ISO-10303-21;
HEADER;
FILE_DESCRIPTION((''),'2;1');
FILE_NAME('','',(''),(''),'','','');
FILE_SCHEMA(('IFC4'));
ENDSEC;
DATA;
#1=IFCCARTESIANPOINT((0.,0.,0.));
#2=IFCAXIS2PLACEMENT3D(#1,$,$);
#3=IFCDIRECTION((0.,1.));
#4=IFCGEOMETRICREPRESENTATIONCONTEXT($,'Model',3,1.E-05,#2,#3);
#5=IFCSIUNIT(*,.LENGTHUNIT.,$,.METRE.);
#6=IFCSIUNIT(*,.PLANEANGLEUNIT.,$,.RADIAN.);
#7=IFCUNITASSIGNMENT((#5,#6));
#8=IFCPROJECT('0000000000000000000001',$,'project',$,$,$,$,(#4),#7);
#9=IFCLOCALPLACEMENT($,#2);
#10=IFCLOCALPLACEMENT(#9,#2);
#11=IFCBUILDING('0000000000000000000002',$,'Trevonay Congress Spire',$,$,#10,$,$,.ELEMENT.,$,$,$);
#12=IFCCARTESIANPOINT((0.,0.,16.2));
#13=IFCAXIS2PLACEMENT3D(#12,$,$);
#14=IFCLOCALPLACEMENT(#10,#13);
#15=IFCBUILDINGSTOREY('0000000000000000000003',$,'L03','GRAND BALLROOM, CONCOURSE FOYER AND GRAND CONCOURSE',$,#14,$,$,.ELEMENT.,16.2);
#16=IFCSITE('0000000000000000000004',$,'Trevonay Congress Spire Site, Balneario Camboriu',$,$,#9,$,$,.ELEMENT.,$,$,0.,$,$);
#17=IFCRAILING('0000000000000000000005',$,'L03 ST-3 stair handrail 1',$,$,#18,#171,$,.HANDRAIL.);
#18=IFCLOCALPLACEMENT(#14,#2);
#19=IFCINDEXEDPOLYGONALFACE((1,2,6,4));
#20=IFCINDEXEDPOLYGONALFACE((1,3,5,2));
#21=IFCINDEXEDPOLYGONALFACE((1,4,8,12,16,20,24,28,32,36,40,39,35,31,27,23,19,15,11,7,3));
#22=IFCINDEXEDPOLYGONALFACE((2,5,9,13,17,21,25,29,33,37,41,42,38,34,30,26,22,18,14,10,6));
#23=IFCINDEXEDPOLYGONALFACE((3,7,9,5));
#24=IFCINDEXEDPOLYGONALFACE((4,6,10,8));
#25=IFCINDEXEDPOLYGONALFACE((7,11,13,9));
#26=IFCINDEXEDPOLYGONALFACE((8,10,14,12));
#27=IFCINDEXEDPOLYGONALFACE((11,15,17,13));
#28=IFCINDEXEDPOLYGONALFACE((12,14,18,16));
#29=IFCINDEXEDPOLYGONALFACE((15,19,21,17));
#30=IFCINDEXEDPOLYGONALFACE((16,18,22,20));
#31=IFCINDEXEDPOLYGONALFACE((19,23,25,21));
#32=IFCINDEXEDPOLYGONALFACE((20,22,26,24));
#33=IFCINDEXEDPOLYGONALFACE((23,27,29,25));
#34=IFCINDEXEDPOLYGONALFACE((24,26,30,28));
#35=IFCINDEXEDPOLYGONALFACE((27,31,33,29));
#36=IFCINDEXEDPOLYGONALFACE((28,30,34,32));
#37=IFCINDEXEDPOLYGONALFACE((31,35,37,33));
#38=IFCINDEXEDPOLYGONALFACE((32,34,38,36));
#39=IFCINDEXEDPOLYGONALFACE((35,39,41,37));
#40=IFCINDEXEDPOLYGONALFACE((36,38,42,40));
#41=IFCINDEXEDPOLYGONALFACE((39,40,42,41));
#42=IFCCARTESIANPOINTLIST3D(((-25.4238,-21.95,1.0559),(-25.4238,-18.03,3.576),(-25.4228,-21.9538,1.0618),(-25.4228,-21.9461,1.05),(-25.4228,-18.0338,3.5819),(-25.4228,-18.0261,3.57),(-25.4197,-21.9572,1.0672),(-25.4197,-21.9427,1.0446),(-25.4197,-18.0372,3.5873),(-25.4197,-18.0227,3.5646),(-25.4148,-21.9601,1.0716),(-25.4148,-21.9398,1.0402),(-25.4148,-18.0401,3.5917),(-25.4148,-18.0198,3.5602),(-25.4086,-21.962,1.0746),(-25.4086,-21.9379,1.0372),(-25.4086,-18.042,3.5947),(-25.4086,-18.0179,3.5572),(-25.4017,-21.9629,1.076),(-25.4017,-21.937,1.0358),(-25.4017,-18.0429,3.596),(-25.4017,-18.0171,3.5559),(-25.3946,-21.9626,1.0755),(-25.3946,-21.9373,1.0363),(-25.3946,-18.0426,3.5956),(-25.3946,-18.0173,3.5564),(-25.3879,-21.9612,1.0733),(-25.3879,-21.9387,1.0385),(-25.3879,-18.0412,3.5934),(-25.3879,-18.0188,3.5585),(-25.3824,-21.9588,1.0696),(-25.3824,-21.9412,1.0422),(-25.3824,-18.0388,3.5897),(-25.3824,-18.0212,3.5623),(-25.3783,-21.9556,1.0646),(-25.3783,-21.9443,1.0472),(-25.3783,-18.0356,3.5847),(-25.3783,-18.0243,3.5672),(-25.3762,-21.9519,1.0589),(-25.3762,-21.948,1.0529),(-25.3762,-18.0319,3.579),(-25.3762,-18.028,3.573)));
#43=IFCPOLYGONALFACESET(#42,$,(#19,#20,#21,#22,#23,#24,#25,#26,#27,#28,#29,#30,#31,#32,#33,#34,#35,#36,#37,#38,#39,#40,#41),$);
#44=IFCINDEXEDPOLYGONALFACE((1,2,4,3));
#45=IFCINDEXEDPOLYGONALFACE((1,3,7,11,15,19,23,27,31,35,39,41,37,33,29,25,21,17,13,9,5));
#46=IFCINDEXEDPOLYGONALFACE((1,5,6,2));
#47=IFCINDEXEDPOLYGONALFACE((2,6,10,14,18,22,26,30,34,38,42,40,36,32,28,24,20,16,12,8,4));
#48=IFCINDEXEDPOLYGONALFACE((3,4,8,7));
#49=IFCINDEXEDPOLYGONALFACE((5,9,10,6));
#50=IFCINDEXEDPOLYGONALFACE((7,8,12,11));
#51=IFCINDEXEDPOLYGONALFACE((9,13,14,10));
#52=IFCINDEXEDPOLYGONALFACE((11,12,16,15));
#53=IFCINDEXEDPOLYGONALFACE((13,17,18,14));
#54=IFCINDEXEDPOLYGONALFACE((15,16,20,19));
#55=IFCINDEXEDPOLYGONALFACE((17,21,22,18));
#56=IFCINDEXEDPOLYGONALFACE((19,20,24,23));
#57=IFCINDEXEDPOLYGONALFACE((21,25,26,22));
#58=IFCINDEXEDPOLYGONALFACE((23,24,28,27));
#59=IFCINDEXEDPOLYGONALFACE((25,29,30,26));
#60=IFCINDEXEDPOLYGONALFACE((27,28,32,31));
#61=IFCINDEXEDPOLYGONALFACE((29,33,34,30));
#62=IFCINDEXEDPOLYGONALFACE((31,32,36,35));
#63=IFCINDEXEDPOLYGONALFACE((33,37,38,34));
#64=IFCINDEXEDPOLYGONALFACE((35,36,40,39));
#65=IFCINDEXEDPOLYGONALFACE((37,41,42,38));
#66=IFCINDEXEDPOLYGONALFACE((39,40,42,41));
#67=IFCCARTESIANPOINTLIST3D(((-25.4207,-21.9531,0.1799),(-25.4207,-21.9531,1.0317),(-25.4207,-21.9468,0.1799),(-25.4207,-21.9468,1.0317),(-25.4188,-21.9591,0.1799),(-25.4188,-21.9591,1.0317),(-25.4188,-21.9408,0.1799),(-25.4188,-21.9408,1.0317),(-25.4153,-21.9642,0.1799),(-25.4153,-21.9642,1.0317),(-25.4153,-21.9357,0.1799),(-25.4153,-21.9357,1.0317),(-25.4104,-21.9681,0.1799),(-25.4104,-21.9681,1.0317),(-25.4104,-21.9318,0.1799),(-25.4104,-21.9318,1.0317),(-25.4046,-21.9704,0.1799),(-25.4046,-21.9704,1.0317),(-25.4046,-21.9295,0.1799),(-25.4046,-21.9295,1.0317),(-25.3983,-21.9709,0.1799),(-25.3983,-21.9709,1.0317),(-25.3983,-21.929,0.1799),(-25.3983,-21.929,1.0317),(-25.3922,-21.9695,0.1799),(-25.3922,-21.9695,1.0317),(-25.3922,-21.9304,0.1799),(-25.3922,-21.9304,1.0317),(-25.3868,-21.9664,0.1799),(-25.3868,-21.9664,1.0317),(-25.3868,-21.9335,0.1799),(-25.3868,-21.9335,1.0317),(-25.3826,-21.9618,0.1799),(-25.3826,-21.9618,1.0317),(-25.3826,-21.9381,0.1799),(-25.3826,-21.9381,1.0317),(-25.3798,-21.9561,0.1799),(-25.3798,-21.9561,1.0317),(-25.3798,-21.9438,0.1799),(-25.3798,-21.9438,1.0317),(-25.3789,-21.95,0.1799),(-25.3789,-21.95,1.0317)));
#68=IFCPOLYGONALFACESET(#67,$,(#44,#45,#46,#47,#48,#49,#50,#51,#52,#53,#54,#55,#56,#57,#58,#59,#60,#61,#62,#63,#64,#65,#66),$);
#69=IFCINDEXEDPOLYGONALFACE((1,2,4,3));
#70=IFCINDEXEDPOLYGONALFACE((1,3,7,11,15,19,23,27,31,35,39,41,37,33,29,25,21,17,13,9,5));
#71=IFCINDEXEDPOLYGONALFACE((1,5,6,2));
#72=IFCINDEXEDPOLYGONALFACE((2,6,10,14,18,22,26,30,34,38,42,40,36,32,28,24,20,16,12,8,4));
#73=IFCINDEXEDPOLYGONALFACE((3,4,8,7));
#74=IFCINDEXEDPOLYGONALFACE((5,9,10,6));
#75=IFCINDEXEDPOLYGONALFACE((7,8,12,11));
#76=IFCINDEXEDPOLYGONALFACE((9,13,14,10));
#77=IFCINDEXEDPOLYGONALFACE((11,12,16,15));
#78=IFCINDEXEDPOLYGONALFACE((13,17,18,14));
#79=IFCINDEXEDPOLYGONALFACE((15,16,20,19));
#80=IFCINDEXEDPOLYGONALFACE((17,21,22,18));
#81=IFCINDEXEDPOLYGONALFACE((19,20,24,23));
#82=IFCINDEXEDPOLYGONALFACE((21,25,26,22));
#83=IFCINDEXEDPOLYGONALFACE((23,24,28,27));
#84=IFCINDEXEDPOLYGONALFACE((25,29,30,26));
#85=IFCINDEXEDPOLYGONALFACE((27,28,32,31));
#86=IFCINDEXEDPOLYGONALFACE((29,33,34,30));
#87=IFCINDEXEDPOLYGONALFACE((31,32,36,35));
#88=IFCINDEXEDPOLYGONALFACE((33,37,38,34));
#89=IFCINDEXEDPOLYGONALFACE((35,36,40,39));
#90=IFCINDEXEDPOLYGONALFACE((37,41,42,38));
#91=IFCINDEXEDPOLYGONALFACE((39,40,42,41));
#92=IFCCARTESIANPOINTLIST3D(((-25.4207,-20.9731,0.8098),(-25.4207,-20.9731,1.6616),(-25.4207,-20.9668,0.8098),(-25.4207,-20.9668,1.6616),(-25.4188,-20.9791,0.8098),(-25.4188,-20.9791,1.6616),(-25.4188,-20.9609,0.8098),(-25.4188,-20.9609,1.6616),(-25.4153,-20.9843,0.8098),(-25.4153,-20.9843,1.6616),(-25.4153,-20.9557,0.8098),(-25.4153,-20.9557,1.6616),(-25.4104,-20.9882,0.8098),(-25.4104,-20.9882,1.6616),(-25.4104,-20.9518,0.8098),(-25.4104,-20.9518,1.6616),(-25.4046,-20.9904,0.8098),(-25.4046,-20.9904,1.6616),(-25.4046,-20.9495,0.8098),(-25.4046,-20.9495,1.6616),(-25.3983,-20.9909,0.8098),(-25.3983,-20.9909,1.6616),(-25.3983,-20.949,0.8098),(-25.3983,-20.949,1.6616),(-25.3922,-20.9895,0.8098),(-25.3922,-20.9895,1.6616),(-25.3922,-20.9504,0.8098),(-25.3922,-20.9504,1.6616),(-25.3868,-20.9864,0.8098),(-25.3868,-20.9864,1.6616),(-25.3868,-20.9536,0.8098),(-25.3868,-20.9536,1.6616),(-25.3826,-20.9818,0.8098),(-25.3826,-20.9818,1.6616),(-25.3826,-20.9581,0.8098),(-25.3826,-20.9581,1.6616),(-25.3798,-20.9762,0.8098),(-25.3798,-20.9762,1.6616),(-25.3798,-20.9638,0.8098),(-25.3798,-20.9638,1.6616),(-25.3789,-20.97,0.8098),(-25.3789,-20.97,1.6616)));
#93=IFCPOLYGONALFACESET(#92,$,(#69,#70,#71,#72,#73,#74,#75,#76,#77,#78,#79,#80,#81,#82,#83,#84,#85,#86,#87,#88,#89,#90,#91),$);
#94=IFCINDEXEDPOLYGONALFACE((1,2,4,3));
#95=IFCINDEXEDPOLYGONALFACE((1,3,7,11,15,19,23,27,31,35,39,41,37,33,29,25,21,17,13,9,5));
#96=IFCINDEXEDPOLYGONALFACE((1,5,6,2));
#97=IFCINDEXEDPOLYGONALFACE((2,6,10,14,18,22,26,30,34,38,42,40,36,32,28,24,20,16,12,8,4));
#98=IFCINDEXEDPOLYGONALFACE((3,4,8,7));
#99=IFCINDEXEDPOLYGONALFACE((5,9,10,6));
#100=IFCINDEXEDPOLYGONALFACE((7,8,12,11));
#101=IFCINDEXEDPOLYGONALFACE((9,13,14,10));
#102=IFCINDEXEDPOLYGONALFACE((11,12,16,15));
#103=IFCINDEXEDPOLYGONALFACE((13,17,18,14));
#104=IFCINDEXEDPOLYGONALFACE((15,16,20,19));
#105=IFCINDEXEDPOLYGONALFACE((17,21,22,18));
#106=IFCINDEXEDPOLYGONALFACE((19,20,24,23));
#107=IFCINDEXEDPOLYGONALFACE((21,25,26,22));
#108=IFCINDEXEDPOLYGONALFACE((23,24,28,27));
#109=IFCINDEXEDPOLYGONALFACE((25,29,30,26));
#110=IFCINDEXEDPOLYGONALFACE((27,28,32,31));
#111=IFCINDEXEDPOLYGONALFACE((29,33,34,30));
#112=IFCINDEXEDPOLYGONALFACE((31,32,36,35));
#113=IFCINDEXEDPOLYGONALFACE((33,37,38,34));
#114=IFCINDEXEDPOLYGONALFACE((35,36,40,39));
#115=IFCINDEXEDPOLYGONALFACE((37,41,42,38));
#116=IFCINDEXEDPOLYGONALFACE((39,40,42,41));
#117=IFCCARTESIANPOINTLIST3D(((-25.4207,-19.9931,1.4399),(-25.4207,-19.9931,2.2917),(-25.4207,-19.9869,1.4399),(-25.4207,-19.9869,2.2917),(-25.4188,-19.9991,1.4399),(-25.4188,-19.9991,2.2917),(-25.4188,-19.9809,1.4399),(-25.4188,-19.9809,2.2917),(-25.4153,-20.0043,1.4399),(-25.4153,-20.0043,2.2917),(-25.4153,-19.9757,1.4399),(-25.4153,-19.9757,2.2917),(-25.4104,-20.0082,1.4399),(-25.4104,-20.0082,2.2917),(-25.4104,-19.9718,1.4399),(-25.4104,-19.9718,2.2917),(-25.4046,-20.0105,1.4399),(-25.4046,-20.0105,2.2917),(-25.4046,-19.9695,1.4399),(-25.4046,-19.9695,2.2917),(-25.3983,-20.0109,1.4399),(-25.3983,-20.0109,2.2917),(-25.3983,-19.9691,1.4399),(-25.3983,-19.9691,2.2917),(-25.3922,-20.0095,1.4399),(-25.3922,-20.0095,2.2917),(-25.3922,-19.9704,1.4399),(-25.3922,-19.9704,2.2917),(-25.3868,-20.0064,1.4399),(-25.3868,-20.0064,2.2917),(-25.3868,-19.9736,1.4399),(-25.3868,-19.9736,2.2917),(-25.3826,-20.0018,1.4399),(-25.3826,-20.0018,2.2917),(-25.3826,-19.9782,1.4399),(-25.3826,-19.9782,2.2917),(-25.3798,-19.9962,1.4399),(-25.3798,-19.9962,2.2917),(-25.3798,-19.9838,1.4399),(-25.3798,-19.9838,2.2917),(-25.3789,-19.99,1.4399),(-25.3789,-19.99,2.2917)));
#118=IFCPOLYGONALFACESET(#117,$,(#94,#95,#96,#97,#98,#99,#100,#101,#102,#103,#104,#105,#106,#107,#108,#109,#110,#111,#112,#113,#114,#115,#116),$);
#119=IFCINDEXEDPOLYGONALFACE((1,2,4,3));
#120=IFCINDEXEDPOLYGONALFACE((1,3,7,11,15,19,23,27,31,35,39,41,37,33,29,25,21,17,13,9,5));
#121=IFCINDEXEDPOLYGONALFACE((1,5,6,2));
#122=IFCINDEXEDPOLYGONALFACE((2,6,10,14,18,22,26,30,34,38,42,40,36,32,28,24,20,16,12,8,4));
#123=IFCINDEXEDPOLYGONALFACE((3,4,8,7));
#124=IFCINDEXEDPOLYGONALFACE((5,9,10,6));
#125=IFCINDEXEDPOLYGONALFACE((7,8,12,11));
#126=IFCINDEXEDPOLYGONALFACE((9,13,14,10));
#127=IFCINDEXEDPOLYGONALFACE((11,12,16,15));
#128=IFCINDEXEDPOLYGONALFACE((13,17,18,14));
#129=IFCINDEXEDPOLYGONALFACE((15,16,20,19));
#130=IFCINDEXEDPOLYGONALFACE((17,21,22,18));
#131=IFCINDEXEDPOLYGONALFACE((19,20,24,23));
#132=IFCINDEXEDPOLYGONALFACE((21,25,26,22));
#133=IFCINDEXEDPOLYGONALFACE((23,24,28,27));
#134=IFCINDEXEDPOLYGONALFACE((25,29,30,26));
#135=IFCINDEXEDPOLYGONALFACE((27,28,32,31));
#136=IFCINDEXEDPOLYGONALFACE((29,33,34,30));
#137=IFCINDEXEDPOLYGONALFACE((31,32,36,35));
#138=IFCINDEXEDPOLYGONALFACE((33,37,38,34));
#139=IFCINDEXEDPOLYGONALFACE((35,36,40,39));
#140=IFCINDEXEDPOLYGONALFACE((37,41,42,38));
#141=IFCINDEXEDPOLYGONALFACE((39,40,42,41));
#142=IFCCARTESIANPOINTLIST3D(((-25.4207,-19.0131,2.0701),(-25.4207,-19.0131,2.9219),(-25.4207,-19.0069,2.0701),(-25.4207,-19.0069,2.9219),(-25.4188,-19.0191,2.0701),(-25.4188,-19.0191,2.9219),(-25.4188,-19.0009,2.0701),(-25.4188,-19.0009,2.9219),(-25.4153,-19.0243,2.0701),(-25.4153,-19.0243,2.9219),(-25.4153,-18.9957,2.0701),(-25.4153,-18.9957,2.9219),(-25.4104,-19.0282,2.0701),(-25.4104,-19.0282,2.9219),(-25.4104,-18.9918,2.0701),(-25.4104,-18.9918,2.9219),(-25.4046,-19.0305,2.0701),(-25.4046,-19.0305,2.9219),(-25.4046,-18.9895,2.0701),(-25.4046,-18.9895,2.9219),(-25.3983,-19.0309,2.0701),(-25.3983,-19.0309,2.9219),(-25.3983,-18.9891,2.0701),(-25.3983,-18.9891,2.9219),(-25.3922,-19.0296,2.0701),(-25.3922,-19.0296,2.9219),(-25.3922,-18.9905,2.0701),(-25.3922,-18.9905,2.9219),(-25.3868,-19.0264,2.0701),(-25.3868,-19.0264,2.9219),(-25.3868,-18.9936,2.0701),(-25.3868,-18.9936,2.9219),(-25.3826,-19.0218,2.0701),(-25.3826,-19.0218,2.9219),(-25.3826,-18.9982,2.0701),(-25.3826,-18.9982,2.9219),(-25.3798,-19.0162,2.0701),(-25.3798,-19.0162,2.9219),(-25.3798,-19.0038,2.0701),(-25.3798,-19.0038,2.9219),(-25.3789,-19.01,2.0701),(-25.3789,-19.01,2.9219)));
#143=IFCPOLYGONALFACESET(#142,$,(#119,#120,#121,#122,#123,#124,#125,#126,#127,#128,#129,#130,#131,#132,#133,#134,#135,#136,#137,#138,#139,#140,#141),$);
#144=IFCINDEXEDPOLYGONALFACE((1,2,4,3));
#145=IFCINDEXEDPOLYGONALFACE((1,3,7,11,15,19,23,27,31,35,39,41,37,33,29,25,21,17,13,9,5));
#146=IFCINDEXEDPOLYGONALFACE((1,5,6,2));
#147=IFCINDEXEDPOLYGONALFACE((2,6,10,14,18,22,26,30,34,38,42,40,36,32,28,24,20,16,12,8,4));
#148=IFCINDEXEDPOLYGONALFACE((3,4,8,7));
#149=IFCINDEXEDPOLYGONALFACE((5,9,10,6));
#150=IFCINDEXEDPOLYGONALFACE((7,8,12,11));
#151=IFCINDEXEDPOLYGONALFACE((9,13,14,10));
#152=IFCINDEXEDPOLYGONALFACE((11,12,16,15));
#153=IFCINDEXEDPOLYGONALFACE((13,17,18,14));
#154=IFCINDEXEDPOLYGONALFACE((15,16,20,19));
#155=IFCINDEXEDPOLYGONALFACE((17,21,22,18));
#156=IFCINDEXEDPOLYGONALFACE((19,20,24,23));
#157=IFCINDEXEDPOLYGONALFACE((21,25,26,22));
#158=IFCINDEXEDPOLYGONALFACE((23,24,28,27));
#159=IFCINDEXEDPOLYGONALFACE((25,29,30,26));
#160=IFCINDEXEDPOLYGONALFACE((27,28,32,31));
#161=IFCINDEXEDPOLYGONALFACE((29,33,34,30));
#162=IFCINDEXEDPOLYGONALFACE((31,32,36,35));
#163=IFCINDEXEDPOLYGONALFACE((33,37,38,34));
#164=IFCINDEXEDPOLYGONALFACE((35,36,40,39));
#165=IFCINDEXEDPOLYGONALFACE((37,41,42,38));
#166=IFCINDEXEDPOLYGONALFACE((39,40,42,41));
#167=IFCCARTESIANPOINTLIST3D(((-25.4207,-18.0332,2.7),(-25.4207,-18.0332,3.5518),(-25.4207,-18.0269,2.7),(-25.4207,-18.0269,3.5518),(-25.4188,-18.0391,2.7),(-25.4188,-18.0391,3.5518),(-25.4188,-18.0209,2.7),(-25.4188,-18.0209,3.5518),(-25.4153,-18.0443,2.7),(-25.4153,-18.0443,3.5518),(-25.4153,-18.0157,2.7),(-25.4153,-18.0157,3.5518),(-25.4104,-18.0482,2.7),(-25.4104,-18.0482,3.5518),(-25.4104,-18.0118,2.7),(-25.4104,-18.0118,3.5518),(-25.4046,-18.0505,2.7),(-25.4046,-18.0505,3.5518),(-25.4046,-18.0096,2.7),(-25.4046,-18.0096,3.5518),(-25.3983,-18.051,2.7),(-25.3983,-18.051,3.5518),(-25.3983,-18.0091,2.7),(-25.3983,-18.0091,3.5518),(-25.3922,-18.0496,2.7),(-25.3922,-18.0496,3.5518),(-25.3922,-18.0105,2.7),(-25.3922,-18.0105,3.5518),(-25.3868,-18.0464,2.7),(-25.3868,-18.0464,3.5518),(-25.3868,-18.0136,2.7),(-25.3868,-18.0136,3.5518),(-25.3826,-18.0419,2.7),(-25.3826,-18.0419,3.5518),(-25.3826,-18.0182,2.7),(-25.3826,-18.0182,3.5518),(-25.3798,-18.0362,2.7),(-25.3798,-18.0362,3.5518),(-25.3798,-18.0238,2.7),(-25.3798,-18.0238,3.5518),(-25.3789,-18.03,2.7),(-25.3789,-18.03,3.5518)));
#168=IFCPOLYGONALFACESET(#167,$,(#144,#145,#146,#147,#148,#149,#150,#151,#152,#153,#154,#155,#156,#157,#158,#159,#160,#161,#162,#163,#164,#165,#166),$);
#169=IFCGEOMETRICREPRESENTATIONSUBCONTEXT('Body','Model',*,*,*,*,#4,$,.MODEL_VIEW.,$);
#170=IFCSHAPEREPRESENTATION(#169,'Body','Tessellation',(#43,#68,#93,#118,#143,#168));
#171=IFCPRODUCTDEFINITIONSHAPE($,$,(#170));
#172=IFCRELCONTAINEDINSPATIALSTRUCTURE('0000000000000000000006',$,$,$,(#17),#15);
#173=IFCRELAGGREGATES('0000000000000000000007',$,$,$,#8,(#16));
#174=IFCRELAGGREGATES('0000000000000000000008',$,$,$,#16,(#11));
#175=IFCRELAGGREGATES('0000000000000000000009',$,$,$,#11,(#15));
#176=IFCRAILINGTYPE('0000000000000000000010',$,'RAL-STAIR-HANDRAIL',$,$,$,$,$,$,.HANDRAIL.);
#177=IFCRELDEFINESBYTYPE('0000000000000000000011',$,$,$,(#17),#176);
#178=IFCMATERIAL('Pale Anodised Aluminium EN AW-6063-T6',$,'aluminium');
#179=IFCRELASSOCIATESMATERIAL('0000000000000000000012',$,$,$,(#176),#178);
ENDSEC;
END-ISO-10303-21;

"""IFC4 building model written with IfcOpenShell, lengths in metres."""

from ifc_helpers import new_model, si_unit, direction, frame, origin, origin_2d, place, context, subcontext, project, spatial, circle, extrude, material, type_object, element, save


model = new_model("IFC4")

# Units and contexts
model_context = context("Model", 3, precision=1e-05, world=origin(), true_north=direction((0.0, 1.0)))
body_context = subcontext(model_context, "Body", "Model", "MODEL_VIEW")
ifc_project = project(units=[si_unit("LENGTHUNIT", "METRE"), si_unit("PLANEANGLEUNIT", "RADIAN")], contexts=[model_context])

# Site, building, storey
site_placement = place(None, origin())
site = spatial("IfcSite", under=ifc_project, at=site_placement, Name="Trevonay Congress Spire Site, Balneario Camboriu", CompositionType="ELEMENT", RefElevation=0.0)
building_placement = place(site_placement, origin())
building = spatial("IfcBuilding", under=site, at=building_placement, Name="Trevonay Congress Spire", CompositionType="ELEMENT")
storey_placement = place(building_placement, frame((0.0, 0.0, 16.2)))
storey = spatial("IfcBuildingStorey", under=building, at=storey_placement, Name="L03", Description="GRAND BALLROOM, CONCOURSE FOYER AND GRAND CONCOURSE", CompositionType="ELEMENT", Elevation=16.2)

# Shared definitions
ifc_material_1 = material(Name="Pale Anodised Aluminium EN AW-6063-T6", Category="aluminium")

# Railing
railing_type_1 = type_object("IfcRailingType", Name="RAL-STAIR-HANDRAIL", PredefinedType="HANDRAIL", material=ifc_material_1)
railing_1_placement = place(storey_placement, frame((-25.3999, -21.95, 0.1799)))
element("IfcRailing", 1, at=railing_1_placement, inside=storey, type_object=railing_type_1, Name="L03 ST-3 stair handrail 1", PredefinedType="HANDRAIL", context=body_context, shape_type="SweptSolid", body=[
    extrude(circle(Radius=0.0239, at=origin_2d()), frame((0.0, 0.0, 0.876), z_axis=(0.0, 0.841172, 0.540768), x_axis=(-1.0, 0.0, 0.0)), (0.0, 0.0, 1.0), 4.6602),
    extrude(circle(Radius=0.021, at=origin_2d()), origin(), (0.0, 0.0, 1.0), 0.8518),
    extrude(circle(Radius=0.021, at=origin_2d()), frame((0.0, 0.98, 0.6299)), (0.0, 0.0, 1.0), 0.8518),
    extrude(circle(Radius=0.021, at=origin_2d()), frame((0.0, 1.96, 1.26)), (0.0, 0.0, 1.0), 0.8518),
    extrude(circle(Radius=0.021, at=origin_2d()), frame((0.0, 2.9399, 1.8901)), (0.0, 0.0, 1.0), 0.8518),
    extrude(circle(Radius=0.021, at=origin_2d()), frame((0.0, 3.9199, 2.52)), (0.0, 0.0, 1.0), 0.8518),
])

save(model, "model.ifc")
